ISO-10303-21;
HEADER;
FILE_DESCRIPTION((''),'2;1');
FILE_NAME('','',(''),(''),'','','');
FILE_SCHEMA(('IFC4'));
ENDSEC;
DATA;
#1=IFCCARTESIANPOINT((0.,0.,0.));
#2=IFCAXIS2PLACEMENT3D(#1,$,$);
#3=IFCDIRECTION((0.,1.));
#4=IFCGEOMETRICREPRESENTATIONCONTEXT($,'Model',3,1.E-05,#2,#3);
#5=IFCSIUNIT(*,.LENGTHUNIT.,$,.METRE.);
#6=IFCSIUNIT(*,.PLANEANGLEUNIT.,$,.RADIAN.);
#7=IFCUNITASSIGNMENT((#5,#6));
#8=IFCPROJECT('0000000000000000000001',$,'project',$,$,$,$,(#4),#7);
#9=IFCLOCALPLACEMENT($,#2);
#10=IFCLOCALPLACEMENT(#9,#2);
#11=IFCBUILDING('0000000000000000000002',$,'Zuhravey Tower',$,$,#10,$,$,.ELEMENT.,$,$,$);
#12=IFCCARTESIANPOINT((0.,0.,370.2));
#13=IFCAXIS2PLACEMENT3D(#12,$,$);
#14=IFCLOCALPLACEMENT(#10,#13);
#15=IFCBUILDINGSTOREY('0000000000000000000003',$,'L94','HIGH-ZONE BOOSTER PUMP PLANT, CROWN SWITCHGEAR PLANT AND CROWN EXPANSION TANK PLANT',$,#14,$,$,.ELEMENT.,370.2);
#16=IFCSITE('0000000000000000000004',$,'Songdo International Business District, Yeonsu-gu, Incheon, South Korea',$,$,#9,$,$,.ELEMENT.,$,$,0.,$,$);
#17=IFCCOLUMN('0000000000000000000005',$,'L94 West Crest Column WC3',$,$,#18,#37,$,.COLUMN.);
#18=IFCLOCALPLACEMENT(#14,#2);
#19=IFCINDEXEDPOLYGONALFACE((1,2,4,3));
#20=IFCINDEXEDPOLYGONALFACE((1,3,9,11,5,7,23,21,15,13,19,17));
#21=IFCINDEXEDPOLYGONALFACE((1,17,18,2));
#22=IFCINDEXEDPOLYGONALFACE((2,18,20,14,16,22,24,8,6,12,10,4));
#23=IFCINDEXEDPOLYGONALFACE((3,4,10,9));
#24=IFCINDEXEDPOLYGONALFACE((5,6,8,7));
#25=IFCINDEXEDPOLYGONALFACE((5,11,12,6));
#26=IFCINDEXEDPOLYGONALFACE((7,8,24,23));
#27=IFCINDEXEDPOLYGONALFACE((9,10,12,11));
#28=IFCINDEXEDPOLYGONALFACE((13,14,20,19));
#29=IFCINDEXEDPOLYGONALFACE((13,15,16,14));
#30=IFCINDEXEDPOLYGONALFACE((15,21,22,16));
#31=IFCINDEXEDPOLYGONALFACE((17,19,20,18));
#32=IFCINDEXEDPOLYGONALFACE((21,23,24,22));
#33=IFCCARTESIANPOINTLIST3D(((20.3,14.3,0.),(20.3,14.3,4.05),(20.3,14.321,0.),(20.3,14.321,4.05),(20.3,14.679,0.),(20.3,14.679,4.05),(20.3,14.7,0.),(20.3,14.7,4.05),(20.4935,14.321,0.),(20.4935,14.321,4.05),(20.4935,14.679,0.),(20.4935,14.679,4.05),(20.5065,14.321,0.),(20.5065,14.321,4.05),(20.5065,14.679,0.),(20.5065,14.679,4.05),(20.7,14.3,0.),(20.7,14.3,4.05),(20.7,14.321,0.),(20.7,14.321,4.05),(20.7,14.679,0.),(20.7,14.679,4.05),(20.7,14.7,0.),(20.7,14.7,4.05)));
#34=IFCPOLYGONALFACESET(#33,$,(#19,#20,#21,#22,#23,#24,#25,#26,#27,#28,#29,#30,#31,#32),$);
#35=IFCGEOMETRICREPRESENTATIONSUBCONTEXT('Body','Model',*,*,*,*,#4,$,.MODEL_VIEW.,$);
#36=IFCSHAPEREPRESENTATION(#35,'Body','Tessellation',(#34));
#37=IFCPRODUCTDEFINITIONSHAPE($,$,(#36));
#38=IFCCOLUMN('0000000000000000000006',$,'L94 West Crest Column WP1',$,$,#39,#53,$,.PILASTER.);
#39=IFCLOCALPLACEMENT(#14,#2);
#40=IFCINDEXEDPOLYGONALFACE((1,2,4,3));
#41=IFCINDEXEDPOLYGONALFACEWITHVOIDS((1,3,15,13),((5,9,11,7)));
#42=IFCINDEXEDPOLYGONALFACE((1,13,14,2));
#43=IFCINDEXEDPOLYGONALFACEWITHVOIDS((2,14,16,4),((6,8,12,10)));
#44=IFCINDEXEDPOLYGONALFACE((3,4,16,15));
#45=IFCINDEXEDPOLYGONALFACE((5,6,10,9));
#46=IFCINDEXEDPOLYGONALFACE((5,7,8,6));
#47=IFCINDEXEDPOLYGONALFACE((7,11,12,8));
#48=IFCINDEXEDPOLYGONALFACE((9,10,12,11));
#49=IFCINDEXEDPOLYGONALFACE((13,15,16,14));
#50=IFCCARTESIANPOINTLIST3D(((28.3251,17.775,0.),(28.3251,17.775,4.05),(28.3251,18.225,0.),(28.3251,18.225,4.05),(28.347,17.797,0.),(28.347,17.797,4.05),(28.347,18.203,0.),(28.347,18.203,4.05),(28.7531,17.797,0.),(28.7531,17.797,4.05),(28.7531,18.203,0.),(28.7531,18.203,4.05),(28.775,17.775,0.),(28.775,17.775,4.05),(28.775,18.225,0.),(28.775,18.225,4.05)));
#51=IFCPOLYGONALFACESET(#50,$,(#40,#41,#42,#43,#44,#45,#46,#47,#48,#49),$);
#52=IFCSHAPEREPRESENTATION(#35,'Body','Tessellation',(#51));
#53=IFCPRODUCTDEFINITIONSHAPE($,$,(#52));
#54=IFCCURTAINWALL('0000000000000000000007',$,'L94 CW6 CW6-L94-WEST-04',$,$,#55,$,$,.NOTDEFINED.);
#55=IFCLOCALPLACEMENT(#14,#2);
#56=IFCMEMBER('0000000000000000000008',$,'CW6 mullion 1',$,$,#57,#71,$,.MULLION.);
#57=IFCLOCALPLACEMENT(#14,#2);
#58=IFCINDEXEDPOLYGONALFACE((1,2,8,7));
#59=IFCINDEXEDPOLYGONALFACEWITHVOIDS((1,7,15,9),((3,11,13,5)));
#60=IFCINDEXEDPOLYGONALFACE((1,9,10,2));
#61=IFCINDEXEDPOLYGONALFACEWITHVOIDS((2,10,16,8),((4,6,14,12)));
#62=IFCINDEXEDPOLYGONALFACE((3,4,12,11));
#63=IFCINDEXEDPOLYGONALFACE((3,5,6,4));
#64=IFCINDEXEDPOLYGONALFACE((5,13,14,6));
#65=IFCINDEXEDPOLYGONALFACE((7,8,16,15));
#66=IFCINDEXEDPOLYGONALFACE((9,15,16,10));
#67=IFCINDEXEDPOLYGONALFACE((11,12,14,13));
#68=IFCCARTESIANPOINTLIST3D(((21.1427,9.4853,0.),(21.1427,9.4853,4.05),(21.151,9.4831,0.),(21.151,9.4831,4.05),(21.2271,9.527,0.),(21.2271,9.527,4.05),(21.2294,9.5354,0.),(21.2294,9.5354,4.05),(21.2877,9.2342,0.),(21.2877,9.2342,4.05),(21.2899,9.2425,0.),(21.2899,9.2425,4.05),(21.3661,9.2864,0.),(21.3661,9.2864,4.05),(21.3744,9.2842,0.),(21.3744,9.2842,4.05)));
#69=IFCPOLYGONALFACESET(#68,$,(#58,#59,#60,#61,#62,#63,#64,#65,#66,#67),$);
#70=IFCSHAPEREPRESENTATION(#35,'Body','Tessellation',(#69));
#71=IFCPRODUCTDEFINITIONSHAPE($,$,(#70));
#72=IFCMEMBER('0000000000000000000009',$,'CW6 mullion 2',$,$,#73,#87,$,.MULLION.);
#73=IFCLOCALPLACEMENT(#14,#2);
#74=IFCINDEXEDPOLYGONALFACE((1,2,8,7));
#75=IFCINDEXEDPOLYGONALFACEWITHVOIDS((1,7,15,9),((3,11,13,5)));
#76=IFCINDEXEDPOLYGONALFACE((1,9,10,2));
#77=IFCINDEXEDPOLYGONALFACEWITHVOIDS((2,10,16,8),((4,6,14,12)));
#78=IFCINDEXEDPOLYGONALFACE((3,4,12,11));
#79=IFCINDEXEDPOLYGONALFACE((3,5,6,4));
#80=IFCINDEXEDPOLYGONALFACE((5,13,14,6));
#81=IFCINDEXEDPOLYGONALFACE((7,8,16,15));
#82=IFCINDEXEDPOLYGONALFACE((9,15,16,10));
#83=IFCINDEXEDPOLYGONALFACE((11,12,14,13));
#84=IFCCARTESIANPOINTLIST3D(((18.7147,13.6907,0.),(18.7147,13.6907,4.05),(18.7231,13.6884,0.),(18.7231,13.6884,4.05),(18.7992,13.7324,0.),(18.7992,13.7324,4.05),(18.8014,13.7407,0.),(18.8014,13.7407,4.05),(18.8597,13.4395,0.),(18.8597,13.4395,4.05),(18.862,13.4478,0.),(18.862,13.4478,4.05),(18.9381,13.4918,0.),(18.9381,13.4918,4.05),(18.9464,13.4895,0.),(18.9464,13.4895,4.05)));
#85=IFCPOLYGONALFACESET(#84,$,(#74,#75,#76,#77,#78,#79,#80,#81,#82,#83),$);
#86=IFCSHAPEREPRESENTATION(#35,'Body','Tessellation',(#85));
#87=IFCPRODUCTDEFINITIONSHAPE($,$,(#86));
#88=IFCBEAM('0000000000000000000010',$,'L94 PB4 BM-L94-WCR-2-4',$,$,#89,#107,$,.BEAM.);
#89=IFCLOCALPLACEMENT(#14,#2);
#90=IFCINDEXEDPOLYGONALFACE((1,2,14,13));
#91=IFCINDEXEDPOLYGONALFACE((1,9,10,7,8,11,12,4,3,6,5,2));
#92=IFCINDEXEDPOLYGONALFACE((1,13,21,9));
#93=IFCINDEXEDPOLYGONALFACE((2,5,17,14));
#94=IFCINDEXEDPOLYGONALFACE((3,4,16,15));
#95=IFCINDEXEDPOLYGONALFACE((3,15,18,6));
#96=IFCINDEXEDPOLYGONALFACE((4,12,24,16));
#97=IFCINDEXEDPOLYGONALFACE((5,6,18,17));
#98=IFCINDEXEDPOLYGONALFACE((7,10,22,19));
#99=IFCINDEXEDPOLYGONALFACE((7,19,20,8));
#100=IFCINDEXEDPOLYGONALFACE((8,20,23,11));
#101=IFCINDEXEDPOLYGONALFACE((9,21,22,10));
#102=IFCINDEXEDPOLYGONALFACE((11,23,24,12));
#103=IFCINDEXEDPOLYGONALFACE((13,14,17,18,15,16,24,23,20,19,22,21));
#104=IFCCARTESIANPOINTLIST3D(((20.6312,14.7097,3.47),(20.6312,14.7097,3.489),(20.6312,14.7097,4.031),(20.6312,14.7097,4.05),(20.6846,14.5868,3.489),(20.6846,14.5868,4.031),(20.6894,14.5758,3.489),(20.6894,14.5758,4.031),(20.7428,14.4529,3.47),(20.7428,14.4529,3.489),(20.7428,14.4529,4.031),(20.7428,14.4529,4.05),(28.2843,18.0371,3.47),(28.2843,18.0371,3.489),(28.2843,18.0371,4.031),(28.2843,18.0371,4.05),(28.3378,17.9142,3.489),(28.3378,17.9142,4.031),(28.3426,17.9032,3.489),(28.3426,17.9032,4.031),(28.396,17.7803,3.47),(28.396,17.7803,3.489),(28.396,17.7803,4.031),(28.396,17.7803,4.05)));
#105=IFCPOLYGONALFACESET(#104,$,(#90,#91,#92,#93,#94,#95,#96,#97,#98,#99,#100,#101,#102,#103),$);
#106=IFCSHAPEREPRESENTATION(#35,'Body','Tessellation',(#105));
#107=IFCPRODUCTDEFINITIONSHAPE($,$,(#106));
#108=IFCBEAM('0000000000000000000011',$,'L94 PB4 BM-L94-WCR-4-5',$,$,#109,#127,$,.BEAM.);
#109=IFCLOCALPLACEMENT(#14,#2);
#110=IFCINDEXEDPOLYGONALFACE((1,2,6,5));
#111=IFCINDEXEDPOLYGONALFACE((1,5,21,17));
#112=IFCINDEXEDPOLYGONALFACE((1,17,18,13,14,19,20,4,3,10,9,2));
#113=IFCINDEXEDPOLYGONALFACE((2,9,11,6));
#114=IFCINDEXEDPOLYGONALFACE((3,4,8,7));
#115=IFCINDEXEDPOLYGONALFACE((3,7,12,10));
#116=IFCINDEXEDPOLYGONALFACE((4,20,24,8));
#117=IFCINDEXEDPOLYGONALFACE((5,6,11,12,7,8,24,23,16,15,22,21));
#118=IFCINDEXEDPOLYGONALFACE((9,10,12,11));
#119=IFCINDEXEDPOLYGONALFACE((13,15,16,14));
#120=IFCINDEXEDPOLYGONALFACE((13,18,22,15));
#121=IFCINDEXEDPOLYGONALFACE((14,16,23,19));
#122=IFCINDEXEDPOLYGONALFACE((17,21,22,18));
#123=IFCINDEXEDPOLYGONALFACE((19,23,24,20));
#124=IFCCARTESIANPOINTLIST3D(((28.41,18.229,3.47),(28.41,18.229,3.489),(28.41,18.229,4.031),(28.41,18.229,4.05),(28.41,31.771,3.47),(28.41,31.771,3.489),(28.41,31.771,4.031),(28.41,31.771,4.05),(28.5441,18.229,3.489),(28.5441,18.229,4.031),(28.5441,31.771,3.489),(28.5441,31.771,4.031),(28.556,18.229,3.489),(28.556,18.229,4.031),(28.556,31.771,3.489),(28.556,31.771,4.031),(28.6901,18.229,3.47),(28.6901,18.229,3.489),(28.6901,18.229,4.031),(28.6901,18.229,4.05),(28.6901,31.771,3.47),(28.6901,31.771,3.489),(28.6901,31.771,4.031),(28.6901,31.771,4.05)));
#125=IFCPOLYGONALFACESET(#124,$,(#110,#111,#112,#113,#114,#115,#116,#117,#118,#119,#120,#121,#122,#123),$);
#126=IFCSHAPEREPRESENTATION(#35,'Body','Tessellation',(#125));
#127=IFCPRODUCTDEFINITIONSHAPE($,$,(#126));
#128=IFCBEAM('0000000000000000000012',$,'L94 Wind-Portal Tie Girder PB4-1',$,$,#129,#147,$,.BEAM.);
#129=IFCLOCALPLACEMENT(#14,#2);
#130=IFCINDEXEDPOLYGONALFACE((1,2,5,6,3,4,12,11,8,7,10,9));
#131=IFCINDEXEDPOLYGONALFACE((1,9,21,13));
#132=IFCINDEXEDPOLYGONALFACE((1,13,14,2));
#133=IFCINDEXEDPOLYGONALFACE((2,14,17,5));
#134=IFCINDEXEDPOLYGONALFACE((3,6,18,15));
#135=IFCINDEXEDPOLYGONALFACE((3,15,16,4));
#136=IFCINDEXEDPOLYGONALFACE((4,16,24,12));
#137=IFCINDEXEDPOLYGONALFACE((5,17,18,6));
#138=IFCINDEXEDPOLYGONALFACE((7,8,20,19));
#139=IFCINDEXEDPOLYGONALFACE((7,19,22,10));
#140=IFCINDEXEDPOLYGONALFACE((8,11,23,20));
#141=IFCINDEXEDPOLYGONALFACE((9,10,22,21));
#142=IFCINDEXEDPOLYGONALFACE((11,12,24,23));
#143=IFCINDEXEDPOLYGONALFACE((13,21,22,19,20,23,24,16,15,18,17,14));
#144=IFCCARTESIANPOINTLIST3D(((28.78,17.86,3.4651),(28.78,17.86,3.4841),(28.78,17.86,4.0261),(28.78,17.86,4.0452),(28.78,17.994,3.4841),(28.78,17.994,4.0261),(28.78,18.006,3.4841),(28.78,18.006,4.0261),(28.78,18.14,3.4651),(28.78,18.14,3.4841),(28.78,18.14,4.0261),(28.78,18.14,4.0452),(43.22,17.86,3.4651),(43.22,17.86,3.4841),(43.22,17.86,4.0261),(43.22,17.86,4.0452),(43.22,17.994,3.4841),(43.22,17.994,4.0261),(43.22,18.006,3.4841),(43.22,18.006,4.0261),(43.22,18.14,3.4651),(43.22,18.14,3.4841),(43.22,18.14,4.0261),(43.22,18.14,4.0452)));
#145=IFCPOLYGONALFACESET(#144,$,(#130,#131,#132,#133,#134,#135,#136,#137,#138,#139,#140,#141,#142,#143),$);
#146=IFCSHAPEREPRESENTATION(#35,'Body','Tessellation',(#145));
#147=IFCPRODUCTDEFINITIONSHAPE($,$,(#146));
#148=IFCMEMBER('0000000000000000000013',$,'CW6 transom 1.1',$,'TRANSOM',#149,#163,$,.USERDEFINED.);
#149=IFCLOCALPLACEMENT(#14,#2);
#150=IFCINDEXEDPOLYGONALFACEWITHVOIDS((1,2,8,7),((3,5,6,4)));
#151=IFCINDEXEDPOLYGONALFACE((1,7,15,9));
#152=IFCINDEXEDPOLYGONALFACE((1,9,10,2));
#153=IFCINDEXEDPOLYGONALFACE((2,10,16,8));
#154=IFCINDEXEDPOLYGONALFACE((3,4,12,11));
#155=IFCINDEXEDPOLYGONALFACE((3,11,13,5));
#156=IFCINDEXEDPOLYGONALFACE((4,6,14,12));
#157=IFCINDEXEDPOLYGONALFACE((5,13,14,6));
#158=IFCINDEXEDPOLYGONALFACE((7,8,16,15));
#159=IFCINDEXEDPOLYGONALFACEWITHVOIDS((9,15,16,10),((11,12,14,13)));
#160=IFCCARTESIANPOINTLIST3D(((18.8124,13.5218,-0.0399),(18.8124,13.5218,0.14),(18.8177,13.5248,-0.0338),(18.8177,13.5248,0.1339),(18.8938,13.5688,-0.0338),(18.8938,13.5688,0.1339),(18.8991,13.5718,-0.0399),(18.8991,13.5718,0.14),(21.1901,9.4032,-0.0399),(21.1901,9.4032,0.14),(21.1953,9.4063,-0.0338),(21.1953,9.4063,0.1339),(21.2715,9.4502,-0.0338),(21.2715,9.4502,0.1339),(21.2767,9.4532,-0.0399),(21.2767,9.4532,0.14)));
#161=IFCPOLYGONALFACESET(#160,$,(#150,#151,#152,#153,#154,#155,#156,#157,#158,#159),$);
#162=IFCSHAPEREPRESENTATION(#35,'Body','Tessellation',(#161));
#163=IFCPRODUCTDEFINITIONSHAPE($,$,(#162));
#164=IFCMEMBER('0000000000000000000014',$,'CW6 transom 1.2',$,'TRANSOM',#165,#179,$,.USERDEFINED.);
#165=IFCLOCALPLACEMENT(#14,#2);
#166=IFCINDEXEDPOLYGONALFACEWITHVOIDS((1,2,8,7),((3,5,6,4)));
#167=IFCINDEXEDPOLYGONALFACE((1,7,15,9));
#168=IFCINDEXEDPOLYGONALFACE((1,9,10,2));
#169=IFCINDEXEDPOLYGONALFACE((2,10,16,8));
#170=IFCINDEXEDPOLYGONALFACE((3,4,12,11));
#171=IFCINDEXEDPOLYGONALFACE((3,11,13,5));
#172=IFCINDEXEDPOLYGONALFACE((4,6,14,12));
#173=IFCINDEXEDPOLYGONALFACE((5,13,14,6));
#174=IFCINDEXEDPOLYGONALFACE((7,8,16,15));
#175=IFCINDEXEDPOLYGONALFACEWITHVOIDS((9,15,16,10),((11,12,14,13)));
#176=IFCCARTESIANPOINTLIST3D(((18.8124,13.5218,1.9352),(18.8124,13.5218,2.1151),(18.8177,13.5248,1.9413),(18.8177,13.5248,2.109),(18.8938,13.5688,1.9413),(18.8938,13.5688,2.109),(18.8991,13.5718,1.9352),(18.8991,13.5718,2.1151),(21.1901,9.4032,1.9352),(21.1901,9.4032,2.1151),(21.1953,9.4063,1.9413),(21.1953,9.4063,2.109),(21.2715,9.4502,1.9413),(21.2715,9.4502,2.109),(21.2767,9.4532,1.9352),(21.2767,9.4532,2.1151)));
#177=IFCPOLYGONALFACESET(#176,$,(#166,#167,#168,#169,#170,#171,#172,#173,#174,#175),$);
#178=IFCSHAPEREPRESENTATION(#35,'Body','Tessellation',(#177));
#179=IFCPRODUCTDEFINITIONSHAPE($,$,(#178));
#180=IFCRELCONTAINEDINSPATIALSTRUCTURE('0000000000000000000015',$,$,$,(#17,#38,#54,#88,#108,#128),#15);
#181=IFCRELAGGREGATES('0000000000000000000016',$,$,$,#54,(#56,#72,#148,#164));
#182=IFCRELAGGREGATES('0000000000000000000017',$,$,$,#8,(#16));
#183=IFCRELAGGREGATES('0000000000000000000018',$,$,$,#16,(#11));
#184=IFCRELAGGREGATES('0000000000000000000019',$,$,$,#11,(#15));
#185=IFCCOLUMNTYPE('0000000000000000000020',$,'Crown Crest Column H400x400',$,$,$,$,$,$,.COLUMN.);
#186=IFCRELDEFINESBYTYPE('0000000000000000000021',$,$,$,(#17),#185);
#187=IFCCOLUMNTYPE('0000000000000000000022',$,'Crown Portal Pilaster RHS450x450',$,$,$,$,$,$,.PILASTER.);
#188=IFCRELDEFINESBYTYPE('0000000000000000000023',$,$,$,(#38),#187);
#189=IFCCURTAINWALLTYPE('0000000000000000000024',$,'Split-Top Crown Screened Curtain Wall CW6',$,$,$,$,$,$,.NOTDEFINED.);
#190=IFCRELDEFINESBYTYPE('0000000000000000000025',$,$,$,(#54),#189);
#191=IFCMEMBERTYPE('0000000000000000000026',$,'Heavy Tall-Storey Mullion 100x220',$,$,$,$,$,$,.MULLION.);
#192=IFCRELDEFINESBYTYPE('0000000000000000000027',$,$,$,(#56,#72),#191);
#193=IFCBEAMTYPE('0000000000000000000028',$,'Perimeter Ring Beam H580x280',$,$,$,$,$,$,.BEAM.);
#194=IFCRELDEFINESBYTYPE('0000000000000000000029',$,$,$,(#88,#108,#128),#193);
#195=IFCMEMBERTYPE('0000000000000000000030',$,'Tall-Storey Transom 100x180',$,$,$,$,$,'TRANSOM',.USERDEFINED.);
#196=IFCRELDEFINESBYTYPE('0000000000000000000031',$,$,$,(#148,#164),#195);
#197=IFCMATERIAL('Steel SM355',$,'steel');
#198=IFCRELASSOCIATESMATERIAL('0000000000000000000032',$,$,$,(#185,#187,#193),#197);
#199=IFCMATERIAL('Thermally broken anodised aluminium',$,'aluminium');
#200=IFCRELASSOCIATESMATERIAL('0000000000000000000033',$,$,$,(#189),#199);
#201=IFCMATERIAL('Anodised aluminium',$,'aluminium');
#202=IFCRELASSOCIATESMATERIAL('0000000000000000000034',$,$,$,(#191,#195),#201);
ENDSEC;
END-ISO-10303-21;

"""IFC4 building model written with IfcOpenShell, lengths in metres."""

from ifc_helpers import new_model, si_unit, direction, frame, origin, origin_2d, place, context, subcontext, project, spatial, hollow_rectangle, i_section, extrude, material, material_profile, profile_set, type_object, element, aggregate, save


model = new_model("IFC4")

# Units and contexts
model_context = context("Model", 3, precision=1e-05, world=origin(), true_north=direction((0.0, 1.0)))
body_context = subcontext(model_context, "Body", "Model", "MODEL_VIEW")
ifc_project = project(units=[si_unit("LENGTHUNIT", "METRE"), si_unit("PLANEANGLEUNIT", "RADIAN")], contexts=[model_context])

# Site, building, storey
site_placement = place(None, origin())
site = spatial("IfcSite", under=ifc_project, at=site_placement, Name="Songdo International Business District, Yeonsu-gu, Incheon, South Korea", CompositionType="ELEMENT", RefElevation=0.0)
building_placement = place(site_placement, origin())
building = spatial("IfcBuilding", under=site, at=building_placement, Name="Zuhravey Tower", CompositionType="ELEMENT")
storey_placement = place(building_placement, frame((0.0, 0.0, 370.2)))
storey = spatial("IfcBuildingStorey", under=building, at=storey_placement, Name="L94", Description="HIGH-ZONE BOOSTER PUMP PLANT, CROWN SWITCHGEAR PLANT AND CROWN EXPANSION TANK PLANT", CompositionType="ELEMENT", Elevation=370.2)

# Columns
ifc_material_1 = material(Name="Steel SM355", Category="steel")
ifc_material_profile_1 = material_profile(ifc_material_1, i_section(OverallWidth=0.3999, OverallDepth=0.3999, WebThickness=0.0129, FlangeThickness=0.021, at=origin_2d()), Name="H-400x400x13x21")
ifc_profile_set_1 = profile_set([ifc_material_profile_1], Name="Steel SM355")
column_type_1 = type_object("IfcColumnType", Name="Crown Crest Column H400x400", PredefinedType="COLUMN", material=ifc_profile_set_1)
column_1_placement = place(storey_placement, frame((20.5, 14.5, 0.0), z_axis=(0.0, 0.0, 1.0), x_axis=(1.0, 0.0, 0.0)))
element("IfcColumn", 1, at=column_1_placement, inside=storey, type_object=column_type_1, Name="L94 West Crest Column WC3", PredefinedType="COLUMN", context=body_context, shape_type="SweptSolid", body=[
    extrude(i_section(OverallWidth=0.3999, OverallDepth=0.3999, WebThickness=0.0129, FlangeThickness=0.021, at=origin_2d()), origin(), (0.0, 0.0, 1.0), 4.05),
])
ifc_material_profile_2 = material_profile(ifc_material_1, hollow_rectangle(XDim=0.45, YDim=0.45, WallThickness=0.022, at=origin_2d()), Name="RHS-450x450x22")
ifc_profile_set_2 = profile_set([ifc_material_profile_2], Name="Steel SM355")
column_type_2 = type_object("IfcColumnType", Name="Crown Portal Pilaster RHS450x450", PredefinedType="PILASTER", material=ifc_profile_set_2)
column_2_placement = place(storey_placement, frame((28.55, 18.0, 0.0), z_axis=(0.0, 0.0, 1.0), x_axis=(1.0, 0.0, 0.0)))
element("IfcColumn", 2, at=column_2_placement, inside=storey, type_object=column_type_2, Name="L94 West Crest Column WP1", PredefinedType="PILASTER", context=body_context, shape_type="SweptSolid", body=[
    extrude(hollow_rectangle(XDim=0.45, YDim=0.45, WallThickness=0.022, at=origin_2d()), origin(), (0.0, 0.0, 1.0), 4.05),
])

# Curtain wall, members
ifc_material_2 = material(Name="Thermally broken anodised aluminium", Category="aluminium")
curtain_wall_type = type_object("IfcCurtainWallType", Name="Split-Top Crown Screened Curtain Wall CW6", PredefinedType="NOTDEFINED", material=ifc_material_2)
curtain_wall_placement = place(storey_placement, origin())
curtain_wall = element("IfcCurtainWall", 3, at=curtain_wall_placement, inside=storey, type_object=curtain_wall_type, Name="L94 CW6 CW6-L94-WEST-04", PredefinedType="NOTDEFINED")
ifc_material_3 = material(Name="Anodised aluminium", Category="aluminium")
ifc_material_profile_3 = material_profile(ifc_material_3, hollow_rectangle(XDim=0.1001, YDim=0.29, WallThickness=0.0061, at=origin_2d()), Name="ALU-RHS-100x290x6")
ifc_profile_set_3 = profile_set([ifc_material_profile_3], Name="Anodised aluminium")
member_type_1 = type_object("IfcMemberType", Name="Heavy Tall-Storey Mullion 100x220", PredefinedType="MULLION", material=ifc_profile_set_3)
member_1_placement = place(storey_placement, frame((21.2585, 9.3848, 0.0), z_axis=(0.0, 0.0, 1.0), x_axis=(-0.866027, -0.499997, 0.0)))
member_1 = element("IfcMember", 4, at=member_1_placement, type_object=member_type_1, Name="CW6 mullion 1", PredefinedType="MULLION", context=body_context, shape_type="SweptSolid", body=[
    extrude(hollow_rectangle(XDim=0.1001, YDim=0.29, WallThickness=0.0061, at=origin_2d()), origin(), (0.0, 0.0, 1.0), 4.05),
])
member_2_placement = place(storey_placement, frame((18.8306, 13.5901, 0.0), z_axis=(0.0, 0.0, 1.0), x_axis=(-0.866027, -0.499997, 0.0)))
member_2 = element("IfcMember", 5, at=member_2_placement, type_object=member_type_1, Name="CW6 mullion 2", PredefinedType="MULLION", context=body_context, shape_type="SweptSolid", body=[
    extrude(hollow_rectangle(XDim=0.1001, YDim=0.29, WallThickness=0.0061, at=origin_2d()), origin(), (0.0, 0.0, 1.0), 4.05),
])

# Beams
ifc_material_profile_4 = material_profile(ifc_material_1, i_section(OverallWidth=0.28, OverallDepth=0.5801, WebThickness=0.012, FlangeThickness=0.019, at=origin_2d()), Name="H-580x280x12x19")
ifc_profile_set_4 = profile_set([ifc_material_profile_4], Name="Steel SM355")
beam_type = type_object("IfcBeamType", Name="Perimeter Ring Beam H580x280", PredefinedType="BEAM", material=ifc_profile_set_4)
beam_1_placement = place(storey_placement, frame((20.687, 14.5813, 3.76), z_axis=(0.917071, 0.398723, 0.0), x_axis=(-0.398723, 0.917071, 0.0)))
element("IfcBeam", 6, at=beam_1_placement, inside=storey, type_object=beam_type, Name="L94 PB4 BM-L94-WCR-2-4", PredefinedType="BEAM", context=body_context, shape_type="SweptSolid", body=[
    extrude(i_section(OverallWidth=0.28, OverallDepth=0.5801, WebThickness=0.012, FlangeThickness=0.019, at=origin_2d()), origin(), (0.0, 0.0, 1.0), 8.3452),
])
beam_2_placement = place(storey_placement, frame((28.55, 18.229, 3.76), z_axis=(0.0, 1.0, 0.0), x_axis=(-1.0, 0.0, 0.0)))
element("IfcBeam", 7, at=beam_2_placement, inside=storey, type_object=beam_type, Name="L94 PB4 BM-L94-WCR-4-5", PredefinedType="BEAM", context=body_context, shape_type="SweptSolid", body=[
    extrude(i_section(OverallWidth=0.28, OverallDepth=0.5801, WebThickness=0.012, FlangeThickness=0.019, at=origin_2d()), origin(), (0.0, 0.0, 1.0), 13.542),
])
beam_3_placement = place(storey_placement, frame((28.78, 18.0, 3.7551), z_axis=(1.0, 0.0, 0.0), x_axis=(0.0, 1.0, 0.0)))
element("IfcBeam", 8, at=beam_3_placement, inside=storey, type_object=beam_type, Name="L94 Wind-Portal Tie Girder PB4-1", PredefinedType="BEAM", context=body_context, shape_type="SweptSolid", body=[
    extrude(i_section(OverallWidth=0.28, OverallDepth=0.5801, WebThickness=0.012, FlangeThickness=0.019, at=origin_2d()), origin(), (0.0, 0.0, 1.0), 14.4399),
])

# Members
ifc_material_profile_5 = material_profile(ifc_material_3, hollow_rectangle(XDim=0.1001, YDim=0.1799, WallThickness=0.0061, at=origin_2d()), Name="ALU-RHS-100x180x6")
ifc_profile_set_5 = profile_set([ifc_material_profile_5], Name="Anodised aluminium")
member_type_2 = type_object("IfcMemberType", Name="Tall-Storey Transom 100x180", ElementType="TRANSOM", PredefinedType="USERDEFINED", material=ifc_profile_set_5)
member_3_placement = place(storey_placement, frame((21.2334, 9.4282, 0.05), z_axis=(-0.499965, 0.866045, 0.0), x_axis=(-0.866045, -0.499965, 0.0)))
member_3 = element("IfcMember", 9, at=member_3_placement, type_object=member_type_2, Name="CW6 transom 1.1", ObjectType="TRANSOM", PredefinedType="USERDEFINED", context=body_context, shape_type="SweptSolid", body=[
    extrude(hollow_rectangle(XDim=0.1001, YDim=0.1799, WallThickness=0.0061, at=origin_2d()), origin(), (0.0, 0.0, 1.0), 4.7556),
])
member_4_placement = place(storey_placement, frame((21.2334, 9.4282, 2.0251), z_axis=(-0.499965, 0.866045, 0.0), x_axis=(-0.866045, -0.499965, 0.0)))
member_4 = element("IfcMember", 10, at=member_4_placement, type_object=member_type_2, Name="CW6 transom 1.2", ObjectType="TRANSOM", PredefinedType="USERDEFINED", context=body_context, shape_type="SweptSolid", body=[
    extrude(hollow_rectangle(XDim=0.1001, YDim=0.1799, WallThickness=0.0061, at=origin_2d()), origin(), (0.0, 0.0, 1.0), 4.7556),
])

aggregate(curtain_wall, [member_1, member_2, member_3, member_4])

save(model, "model.ifc")
